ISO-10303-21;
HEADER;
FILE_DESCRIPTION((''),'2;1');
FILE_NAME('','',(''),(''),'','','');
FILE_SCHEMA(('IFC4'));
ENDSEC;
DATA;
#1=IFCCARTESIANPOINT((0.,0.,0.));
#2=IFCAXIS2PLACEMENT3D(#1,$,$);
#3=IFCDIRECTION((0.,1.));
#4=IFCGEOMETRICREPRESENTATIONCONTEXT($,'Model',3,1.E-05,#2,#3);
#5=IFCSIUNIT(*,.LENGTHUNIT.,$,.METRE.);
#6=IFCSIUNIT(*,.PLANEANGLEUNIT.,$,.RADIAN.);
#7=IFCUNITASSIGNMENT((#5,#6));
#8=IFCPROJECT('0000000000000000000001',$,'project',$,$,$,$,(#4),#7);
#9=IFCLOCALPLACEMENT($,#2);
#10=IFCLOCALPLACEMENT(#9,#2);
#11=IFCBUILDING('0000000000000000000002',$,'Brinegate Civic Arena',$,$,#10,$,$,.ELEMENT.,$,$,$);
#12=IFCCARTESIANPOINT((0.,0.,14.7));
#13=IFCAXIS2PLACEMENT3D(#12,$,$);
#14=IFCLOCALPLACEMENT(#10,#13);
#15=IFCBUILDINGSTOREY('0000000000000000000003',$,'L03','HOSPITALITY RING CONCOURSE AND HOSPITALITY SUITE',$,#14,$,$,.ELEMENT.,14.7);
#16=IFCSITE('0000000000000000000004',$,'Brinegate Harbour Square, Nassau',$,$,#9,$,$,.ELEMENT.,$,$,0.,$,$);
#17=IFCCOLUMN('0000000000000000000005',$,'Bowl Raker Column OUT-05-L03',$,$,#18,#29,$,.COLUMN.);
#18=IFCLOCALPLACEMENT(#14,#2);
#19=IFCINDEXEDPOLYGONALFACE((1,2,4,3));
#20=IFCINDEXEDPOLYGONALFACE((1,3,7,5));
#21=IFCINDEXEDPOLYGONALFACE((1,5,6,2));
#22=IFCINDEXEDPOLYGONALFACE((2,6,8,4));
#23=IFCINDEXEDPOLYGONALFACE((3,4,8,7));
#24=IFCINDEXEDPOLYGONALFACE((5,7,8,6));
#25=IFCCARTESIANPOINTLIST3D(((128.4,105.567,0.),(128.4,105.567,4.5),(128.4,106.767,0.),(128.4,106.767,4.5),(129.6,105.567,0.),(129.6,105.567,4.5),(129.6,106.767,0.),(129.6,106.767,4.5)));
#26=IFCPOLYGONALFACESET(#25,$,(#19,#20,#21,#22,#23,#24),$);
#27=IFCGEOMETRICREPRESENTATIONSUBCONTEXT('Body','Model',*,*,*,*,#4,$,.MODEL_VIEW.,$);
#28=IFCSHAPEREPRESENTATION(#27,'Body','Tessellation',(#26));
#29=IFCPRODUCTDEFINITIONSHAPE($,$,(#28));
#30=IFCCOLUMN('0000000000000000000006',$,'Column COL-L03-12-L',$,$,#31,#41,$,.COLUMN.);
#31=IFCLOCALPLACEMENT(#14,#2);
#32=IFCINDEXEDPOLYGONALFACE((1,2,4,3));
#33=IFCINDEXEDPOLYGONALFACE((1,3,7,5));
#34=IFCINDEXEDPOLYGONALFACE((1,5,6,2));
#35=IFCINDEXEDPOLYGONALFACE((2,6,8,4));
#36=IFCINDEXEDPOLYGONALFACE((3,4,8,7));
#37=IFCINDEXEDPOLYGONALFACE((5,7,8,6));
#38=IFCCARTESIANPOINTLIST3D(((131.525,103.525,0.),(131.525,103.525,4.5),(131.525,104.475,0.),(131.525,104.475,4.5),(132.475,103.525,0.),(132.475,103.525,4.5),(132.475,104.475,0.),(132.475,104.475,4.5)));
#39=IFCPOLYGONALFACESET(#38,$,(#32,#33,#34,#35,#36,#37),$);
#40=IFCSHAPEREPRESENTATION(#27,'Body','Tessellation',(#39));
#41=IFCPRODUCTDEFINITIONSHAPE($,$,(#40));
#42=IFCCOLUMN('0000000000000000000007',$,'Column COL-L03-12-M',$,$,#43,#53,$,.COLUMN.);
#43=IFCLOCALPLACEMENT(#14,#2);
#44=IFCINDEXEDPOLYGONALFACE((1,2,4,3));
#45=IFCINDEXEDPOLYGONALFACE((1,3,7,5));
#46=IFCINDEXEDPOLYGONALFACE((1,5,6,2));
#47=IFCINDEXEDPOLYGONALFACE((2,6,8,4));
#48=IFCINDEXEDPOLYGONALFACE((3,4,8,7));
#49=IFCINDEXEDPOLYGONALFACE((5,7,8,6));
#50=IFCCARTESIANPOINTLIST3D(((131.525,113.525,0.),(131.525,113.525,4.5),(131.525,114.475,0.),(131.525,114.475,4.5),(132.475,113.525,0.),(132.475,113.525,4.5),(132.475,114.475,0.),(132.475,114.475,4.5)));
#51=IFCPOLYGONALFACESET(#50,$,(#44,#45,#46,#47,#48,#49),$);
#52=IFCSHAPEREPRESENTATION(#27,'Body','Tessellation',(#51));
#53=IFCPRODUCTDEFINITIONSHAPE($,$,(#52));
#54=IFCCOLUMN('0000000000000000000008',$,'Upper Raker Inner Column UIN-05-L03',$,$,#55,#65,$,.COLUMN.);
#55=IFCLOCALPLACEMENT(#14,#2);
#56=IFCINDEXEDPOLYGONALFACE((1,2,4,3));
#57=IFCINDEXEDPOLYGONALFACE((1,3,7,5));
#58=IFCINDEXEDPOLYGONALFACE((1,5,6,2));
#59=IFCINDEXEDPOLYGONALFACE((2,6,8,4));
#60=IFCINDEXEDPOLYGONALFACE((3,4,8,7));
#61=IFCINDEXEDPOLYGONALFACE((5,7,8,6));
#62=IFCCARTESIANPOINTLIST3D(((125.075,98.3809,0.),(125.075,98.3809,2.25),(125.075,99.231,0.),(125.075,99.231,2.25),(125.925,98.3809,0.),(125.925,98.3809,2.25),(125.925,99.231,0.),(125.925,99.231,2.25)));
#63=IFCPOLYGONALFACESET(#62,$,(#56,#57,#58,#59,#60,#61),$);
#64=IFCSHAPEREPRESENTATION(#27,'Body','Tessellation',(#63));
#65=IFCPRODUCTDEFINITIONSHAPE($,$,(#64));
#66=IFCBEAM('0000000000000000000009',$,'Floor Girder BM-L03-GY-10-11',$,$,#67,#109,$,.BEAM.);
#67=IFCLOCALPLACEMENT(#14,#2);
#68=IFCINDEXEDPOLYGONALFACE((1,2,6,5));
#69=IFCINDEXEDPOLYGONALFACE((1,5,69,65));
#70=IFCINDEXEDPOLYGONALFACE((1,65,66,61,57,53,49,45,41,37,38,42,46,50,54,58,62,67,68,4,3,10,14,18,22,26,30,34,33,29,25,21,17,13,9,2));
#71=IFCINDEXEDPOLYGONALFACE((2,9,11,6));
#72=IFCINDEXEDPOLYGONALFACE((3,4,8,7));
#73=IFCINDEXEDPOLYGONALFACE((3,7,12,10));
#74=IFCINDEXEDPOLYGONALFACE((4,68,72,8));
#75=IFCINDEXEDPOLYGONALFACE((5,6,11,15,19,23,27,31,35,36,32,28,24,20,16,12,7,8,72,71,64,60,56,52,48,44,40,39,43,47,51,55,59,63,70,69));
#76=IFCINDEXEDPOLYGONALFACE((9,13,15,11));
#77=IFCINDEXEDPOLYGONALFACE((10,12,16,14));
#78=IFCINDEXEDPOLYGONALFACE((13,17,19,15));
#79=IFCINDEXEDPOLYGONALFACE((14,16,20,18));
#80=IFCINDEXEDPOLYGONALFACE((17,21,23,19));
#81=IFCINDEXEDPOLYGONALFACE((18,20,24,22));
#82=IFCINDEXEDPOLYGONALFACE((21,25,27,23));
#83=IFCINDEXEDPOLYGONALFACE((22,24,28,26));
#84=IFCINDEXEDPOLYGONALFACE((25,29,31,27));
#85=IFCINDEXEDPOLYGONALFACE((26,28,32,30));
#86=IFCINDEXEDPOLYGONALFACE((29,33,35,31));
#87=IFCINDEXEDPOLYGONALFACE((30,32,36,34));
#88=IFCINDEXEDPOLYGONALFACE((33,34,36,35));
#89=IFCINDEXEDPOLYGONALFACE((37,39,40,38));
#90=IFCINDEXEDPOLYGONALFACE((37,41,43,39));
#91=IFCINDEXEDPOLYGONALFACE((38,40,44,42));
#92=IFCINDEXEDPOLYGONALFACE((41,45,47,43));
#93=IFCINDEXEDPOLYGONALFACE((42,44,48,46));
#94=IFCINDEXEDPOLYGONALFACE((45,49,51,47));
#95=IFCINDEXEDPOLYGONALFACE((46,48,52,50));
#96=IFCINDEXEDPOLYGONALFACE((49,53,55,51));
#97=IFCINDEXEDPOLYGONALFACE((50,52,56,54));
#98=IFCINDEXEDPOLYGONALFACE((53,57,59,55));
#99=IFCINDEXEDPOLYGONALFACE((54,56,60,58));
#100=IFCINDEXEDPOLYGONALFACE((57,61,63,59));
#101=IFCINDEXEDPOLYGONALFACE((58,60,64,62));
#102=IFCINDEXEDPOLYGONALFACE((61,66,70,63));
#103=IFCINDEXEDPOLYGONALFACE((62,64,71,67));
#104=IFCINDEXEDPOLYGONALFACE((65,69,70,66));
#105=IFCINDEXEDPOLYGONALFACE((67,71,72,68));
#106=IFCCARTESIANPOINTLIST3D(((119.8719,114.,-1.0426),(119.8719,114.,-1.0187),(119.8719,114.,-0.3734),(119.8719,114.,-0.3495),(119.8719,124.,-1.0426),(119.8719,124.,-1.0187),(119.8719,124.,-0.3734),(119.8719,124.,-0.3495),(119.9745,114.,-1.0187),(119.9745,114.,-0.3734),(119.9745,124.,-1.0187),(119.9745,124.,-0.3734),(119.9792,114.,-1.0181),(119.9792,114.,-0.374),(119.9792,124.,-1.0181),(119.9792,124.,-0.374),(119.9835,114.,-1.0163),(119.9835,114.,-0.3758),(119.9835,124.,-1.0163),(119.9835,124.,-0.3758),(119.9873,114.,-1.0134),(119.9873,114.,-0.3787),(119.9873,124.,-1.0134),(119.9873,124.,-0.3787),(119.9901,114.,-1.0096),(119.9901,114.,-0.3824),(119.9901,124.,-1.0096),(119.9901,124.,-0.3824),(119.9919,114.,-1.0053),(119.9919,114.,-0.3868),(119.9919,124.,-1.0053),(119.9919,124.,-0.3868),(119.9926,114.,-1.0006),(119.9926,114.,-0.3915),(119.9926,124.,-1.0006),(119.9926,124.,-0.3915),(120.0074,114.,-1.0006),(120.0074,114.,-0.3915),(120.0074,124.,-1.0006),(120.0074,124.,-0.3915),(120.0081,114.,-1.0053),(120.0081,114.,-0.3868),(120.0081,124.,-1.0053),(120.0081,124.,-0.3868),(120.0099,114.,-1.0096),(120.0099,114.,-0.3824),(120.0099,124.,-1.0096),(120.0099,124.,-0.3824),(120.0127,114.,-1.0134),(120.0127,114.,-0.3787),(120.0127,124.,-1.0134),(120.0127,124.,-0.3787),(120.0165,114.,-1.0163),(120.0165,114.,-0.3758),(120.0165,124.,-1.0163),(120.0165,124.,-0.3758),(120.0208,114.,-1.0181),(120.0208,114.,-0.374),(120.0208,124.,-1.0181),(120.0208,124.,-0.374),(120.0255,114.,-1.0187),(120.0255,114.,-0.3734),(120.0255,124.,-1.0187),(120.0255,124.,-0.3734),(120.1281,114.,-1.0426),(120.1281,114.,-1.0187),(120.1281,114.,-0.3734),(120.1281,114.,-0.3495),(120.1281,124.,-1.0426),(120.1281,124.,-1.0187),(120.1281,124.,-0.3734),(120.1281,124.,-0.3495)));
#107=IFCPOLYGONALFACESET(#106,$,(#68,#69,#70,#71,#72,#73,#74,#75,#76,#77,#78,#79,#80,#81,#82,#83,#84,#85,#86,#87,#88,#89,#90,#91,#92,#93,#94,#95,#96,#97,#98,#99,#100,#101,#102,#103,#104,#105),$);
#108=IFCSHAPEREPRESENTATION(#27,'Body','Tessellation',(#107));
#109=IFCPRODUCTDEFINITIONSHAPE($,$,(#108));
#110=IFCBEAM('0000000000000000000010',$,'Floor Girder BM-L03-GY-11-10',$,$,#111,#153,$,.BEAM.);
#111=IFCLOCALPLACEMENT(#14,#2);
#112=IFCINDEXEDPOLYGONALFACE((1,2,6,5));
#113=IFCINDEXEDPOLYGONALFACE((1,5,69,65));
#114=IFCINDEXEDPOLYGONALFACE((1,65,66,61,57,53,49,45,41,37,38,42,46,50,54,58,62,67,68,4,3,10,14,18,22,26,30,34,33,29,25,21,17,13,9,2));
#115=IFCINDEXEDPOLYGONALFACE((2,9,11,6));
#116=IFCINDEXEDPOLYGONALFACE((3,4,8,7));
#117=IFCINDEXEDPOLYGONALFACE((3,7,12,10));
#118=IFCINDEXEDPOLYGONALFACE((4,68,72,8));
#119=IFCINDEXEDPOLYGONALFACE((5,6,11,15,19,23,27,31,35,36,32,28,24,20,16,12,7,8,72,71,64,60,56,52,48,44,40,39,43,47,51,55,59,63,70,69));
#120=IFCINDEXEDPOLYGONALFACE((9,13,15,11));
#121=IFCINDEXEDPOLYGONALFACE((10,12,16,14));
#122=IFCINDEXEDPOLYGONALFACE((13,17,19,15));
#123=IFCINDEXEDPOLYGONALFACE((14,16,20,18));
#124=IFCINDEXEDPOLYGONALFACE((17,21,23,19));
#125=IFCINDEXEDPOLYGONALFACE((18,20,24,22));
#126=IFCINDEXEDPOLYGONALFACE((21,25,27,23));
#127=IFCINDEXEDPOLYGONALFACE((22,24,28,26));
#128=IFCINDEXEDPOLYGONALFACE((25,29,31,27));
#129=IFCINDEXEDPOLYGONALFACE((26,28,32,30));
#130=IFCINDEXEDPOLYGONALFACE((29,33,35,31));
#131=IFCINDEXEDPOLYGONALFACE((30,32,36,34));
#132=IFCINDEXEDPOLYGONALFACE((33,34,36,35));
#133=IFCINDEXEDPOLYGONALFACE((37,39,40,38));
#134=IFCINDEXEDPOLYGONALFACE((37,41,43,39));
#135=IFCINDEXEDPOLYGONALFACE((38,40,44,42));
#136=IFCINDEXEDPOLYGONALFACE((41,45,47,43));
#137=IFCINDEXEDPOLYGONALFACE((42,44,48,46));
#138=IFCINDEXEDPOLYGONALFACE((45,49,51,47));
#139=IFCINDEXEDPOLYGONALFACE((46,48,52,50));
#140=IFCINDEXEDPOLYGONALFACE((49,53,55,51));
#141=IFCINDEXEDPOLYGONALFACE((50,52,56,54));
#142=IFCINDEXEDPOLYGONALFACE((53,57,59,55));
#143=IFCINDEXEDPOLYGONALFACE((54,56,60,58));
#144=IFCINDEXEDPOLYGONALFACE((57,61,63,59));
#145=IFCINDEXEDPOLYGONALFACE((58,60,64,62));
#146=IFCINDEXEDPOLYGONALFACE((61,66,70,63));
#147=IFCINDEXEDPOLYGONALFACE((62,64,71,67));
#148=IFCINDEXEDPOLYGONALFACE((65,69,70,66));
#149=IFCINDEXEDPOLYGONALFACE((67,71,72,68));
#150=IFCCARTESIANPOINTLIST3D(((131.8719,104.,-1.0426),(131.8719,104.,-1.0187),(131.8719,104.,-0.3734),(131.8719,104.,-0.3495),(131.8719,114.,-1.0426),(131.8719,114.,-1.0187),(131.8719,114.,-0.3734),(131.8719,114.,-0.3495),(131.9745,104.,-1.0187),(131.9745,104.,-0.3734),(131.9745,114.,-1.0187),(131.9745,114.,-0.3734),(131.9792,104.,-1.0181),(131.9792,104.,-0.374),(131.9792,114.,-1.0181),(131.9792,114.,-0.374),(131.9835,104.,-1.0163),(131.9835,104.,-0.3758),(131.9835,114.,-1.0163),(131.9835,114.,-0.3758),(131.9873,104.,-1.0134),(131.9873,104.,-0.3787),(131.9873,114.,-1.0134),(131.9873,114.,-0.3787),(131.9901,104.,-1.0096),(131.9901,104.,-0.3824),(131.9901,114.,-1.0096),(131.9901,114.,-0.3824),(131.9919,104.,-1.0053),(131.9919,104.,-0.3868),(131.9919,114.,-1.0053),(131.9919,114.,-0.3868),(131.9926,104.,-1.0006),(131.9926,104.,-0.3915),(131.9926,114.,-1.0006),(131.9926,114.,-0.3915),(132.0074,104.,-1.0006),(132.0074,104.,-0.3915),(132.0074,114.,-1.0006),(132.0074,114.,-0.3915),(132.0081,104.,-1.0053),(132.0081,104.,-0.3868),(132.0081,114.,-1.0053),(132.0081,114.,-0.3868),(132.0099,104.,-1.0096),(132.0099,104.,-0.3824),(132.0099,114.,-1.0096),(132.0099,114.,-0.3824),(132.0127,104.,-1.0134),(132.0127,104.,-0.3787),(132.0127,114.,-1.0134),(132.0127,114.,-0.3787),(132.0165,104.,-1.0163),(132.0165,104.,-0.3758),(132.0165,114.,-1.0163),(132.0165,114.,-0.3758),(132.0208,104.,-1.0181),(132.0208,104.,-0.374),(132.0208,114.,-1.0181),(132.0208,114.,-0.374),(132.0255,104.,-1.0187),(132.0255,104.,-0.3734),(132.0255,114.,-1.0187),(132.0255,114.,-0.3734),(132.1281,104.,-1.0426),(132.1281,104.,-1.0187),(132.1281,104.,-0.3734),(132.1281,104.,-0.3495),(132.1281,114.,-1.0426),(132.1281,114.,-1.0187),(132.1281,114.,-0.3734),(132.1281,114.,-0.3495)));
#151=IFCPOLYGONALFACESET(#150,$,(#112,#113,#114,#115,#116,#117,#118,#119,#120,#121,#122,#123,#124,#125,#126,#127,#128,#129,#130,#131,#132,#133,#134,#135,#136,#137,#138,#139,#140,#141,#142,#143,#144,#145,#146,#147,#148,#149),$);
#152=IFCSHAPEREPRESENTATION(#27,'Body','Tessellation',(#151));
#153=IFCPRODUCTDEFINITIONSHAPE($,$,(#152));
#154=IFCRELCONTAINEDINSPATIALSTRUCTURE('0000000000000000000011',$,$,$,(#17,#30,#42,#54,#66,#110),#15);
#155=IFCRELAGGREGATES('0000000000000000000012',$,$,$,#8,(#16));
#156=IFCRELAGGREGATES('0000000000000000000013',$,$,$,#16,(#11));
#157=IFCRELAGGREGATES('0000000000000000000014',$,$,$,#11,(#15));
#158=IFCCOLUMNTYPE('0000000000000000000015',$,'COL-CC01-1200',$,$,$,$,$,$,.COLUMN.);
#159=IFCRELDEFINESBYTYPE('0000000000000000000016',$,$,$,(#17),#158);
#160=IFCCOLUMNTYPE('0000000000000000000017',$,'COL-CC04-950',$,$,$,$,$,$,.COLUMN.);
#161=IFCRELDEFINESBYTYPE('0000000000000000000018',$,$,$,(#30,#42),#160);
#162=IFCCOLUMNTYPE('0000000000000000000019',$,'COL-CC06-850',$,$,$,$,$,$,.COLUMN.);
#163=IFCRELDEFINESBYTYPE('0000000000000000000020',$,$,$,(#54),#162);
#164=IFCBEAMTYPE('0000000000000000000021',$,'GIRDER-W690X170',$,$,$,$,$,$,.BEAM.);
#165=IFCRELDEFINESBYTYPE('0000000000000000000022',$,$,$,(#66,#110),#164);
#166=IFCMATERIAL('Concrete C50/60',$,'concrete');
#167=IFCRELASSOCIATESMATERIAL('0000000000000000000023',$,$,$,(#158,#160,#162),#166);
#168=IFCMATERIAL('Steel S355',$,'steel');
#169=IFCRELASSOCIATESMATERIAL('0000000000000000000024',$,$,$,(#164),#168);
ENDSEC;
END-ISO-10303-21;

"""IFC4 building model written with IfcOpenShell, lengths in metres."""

from ifc_helpers import new_model, si_unit, direction, frame, origin, origin_2d, place, context, subcontext, project, spatial, rectangle, i_section, extrude, material, material_profile, profile_set, type_object, element, save


model = new_model("IFC4")

# Units and contexts
model_context = context("Model", 3, precision=1e-05, world=origin(), true_north=direction((0.0, 1.0)))
body_context = subcontext(model_context, "Body", "Model", "MODEL_VIEW")
ifc_project = project(units=[si_unit("LENGTHUNIT", "METRE"), si_unit("PLANEANGLEUNIT", "RADIAN")], contexts=[model_context])

# Site, building, storey
site_placement = place(None, origin())
site = spatial("IfcSite", under=ifc_project, at=site_placement, Name="Brinegate Harbour Square, Nassau", CompositionType="ELEMENT", RefElevation=0.0)
building_placement = place(site_placement, origin())
building = spatial("IfcBuilding", under=site, at=building_placement, Name="Brinegate Civic Arena", CompositionType="ELEMENT")
storey_placement = place(building_placement, frame((0.0, 0.0, 14.7)))
storey = spatial("IfcBuildingStorey", under=building, at=storey_placement, Name="L03", Description="HOSPITALITY RING CONCOURSE AND HOSPITALITY SUITE", CompositionType="ELEMENT", Elevation=14.7)

# Columns
ifc_material_1 = material(Name="Concrete C50/60", Category="concrete")
ifc_material_profile_1 = material_profile(ifc_material_1, rectangle(XDim=1.2, YDim=1.2, at=origin_2d()), Name="RC1200X1200")
ifc_profile_set_1 = profile_set([ifc_material_profile_1], Name="Concrete C50/60")
column_type_1 = type_object("IfcColumnType", Name="COL-CC01-1200", PredefinedType="COLUMN", material=ifc_profile_set_1)
column_1_placement = place(storey_placement, frame((129.0, 106.167, 0.0), z_axis=(0.0, 0.0, 1.0), x_axis=(1.0, 0.0, 0.0)))
element("IfcColumn", 1, at=column_1_placement, inside=storey, type_object=column_type_1, Name="Bowl Raker Column OUT-05-L03", PredefinedType="COLUMN", context=body_context, shape_type="SweptSolid", body=[
    extrude(rectangle(XDim=1.2, YDim=1.2, at=origin_2d()), origin(), (0.0, 0.0, 1.0), 4.5),
])
ifc_material_profile_2 = material_profile(ifc_material_1, rectangle(XDim=0.95, YDim=0.95, at=origin_2d()), Name="RC950X950")
ifc_profile_set_2 = profile_set([ifc_material_profile_2], Name="Concrete C50/60")
column_type_2 = type_object("IfcColumnType", Name="COL-CC04-950", PredefinedType="COLUMN", material=ifc_profile_set_2)
for number, where, z_axis, x_axis, name in (
    (2, (132.0, 104.0, 0.0), (0.0, 0.0, 1.0), (1.0, 0.0, 0.0), "Column COL-L03-12-L"),
    (3, (132.0, 114.0, 0.0), (0.0, 0.0, 1.0), (1.0, 0.0, 0.0), "Column COL-L03-12-M"),
):
    element("IfcColumn", number, at=place(storey_placement, frame(where, z_axis=z_axis, x_axis=x_axis)), inside=storey, type_object=column_type_2, Name=name, PredefinedType="COLUMN", context=body_context, shape_type="SweptSolid", body=[
        extrude(rectangle(XDim=0.95, YDim=0.95, at=origin_2d()), origin(), (0.0, 0.0, 1.0), 4.5),
    ])
ifc_material_profile_3 = material_profile(ifc_material_1, rectangle(XDim=0.8501, YDim=0.8501, at=origin_2d()), Name="RC850X850")
ifc_profile_set_3 = profile_set([ifc_material_profile_3], Name="Concrete C50/60")
column_type_3 = type_object("IfcColumnType", Name="COL-CC06-850", PredefinedType="COLUMN", material=ifc_profile_set_3)
column_2_placement = place(storey_placement, frame((125.5, 98.8059, 0.0), z_axis=(0.0, 0.0, 1.0), x_axis=(1.0, 0.0, 0.0)))
element("IfcColumn", 4, at=column_2_placement, inside=storey, type_object=column_type_3, Name="Upper Raker Inner Column UIN-05-L03", PredefinedType="COLUMN", context=body_context, shape_type="SweptSolid", body=[
    extrude(rectangle(XDim=0.8501, YDim=0.8501, at=origin_2d()), origin(), (0.0, 0.0, 1.0), 2.25),
])

# Beams
ifc_material_2 = material(Name="Steel S355", Category="steel")
ifc_material_profile_4 = material_profile(ifc_material_2, i_section(OverallWidth=0.2561, OverallDepth=0.6931, WebThickness=0.0149, FlangeThickness=0.0239, FilletRadius=0.0181, at=origin_2d()), Name="W690X170")
ifc_profile_set_4 = profile_set([ifc_material_profile_4], Name="Steel S355")
beam_type_1 = type_object("IfcBeamType", Name="GIRDER-W690X170", PredefinedType="BEAM", material=ifc_profile_set_4)
for number, where, z_axis, x_axis, name in (
    (5, (120.0, 114.0, -0.696), (0.0, 1.0, 0.0), (-1.0, 0.0, 0.0), "Floor Girder BM-L03-GY-10-11"),
    (6, (132.0, 104.0, -0.696), (0.0, 1.0, 0.0), (-1.0, 0.0, 0.0), "Floor Girder BM-L03-GY-11-10"),
):
    element("IfcBeam", number, at=place(storey_placement, frame(where, z_axis=z_axis, x_axis=x_axis)), inside=storey, type_object=beam_type_1, Name=name, PredefinedType="BEAM", context=body_context, shape_type="SweptSolid", body=[
        extrude(i_section(OverallWidth=0.2561, OverallDepth=0.6931, WebThickness=0.0149, FlangeThickness=0.0239, FilletRadius=0.0181, at=origin_2d()), origin(), (0.0, 0.0, 1.0), 10.0),
    ])

save(model, "model.ifc")
